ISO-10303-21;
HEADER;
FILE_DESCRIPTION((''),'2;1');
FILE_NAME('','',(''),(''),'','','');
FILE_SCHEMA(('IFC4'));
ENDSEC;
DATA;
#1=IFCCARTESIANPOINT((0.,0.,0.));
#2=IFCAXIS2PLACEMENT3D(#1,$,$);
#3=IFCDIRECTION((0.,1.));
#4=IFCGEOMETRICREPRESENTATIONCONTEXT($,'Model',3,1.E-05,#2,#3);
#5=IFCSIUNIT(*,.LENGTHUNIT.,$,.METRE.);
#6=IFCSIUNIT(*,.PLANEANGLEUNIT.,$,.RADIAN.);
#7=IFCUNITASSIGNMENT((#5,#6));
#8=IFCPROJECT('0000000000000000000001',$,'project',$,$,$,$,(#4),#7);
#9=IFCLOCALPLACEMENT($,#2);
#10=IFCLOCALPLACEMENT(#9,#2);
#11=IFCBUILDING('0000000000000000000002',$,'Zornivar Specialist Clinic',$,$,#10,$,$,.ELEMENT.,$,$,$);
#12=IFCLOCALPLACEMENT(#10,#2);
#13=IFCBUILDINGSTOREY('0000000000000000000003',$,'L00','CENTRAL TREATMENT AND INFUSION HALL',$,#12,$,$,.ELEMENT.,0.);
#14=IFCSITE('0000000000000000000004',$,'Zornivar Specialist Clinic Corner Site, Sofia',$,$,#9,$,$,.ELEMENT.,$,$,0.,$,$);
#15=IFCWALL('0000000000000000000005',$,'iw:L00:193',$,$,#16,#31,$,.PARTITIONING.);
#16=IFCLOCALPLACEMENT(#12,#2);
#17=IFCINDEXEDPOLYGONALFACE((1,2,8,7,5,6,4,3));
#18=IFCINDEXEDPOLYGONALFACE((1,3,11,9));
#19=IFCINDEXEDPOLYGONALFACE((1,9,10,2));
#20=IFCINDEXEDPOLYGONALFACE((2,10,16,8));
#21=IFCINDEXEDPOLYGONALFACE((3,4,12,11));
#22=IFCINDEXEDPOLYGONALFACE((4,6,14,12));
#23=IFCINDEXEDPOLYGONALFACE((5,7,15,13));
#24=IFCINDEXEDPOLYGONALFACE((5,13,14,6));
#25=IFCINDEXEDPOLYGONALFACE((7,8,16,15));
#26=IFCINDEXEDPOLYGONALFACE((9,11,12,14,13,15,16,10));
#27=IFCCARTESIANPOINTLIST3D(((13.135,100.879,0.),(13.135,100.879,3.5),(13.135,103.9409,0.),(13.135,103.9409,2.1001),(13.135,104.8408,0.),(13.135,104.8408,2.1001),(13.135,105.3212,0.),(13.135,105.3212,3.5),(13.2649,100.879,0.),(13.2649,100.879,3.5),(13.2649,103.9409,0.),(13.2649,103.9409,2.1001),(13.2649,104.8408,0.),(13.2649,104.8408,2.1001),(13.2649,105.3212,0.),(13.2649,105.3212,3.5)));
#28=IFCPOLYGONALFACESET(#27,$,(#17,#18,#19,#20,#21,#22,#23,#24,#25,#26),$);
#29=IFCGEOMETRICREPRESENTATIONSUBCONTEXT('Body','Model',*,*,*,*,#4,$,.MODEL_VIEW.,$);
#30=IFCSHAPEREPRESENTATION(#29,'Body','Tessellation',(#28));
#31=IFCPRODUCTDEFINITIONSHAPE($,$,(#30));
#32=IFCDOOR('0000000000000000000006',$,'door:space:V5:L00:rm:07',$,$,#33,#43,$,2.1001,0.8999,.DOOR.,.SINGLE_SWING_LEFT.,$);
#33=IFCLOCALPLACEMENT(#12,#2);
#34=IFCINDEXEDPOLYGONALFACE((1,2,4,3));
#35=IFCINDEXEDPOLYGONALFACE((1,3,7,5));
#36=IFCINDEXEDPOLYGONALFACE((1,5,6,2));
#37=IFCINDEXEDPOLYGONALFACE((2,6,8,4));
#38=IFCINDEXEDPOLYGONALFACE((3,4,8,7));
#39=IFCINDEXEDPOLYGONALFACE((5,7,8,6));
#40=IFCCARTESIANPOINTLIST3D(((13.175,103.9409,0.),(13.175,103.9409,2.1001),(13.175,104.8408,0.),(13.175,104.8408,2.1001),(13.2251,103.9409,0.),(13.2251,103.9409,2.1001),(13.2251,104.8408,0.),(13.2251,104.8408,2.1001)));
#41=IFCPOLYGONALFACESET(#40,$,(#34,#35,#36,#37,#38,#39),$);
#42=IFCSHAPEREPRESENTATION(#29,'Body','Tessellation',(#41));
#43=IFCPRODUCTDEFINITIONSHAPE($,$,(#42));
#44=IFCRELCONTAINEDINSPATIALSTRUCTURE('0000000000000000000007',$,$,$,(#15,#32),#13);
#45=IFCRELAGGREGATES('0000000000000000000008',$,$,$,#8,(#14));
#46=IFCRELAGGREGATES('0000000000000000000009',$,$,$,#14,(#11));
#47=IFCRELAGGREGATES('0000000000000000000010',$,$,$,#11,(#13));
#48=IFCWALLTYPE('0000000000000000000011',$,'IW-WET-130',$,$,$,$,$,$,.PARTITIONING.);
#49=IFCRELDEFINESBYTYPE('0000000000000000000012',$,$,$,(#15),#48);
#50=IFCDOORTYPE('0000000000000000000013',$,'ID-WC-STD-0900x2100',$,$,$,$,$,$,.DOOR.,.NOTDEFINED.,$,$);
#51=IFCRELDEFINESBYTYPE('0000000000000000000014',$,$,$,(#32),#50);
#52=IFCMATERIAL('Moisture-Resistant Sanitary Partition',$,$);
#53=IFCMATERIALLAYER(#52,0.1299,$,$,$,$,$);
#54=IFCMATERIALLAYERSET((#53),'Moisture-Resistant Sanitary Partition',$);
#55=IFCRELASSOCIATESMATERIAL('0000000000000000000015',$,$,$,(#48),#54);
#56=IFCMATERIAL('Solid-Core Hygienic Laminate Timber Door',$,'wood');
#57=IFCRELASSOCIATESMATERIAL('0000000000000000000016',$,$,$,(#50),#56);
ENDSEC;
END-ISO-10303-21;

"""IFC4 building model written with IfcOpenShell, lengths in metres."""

from ifc_helpers import new_model, si_unit, direction, frame, frame_2d, origin, place, context, subcontext, project, spatial, rectangle, extrude, material, layer, layer_set, type_object, element, fill, save


model = new_model("IFC4")

# Units and contexts
model_context = context("Model", 3, precision=1e-05, world=origin(), true_north=direction((0.0, 1.0)))
body_context = subcontext(model_context, "Body", "Model", "MODEL_VIEW")
ifc_project = project(units=[si_unit("LENGTHUNIT", "METRE"), si_unit("PLANEANGLEUNIT", "RADIAN")], contexts=[model_context])

# Site, building, storey
site_placement = place(None, origin())
site = spatial("IfcSite", under=ifc_project, at=site_placement, Name="Zornivar Specialist Clinic Corner Site, Sofia", CompositionType="ELEMENT", RefElevation=0.0)
building_placement = place(site_placement, origin())
building = spatial("IfcBuilding", under=site, at=building_placement, Name="Zornivar Specialist Clinic", CompositionType="ELEMENT")
storey_placement = place(building_placement, origin())
storey = spatial("IfcBuildingStorey", under=building, at=storey_placement, Name="L00", Description="CENTRAL TREATMENT AND INFUSION HALL", CompositionType="ELEMENT", Elevation=0.0)

# Shared definitions
ifc_material_1 = material(Name="Moisture-Resistant Sanitary Partition")
ifc_layer_1 = layer(ifc_material_1, 0.1299)
ifc_layer_set_1 = layer_set([ifc_layer_1], Name="Moisture-Resistant Sanitary Partition")
wall_type_1 = type_object("IfcWallType", Name="IW-WET-130", PredefinedType="PARTITIONING", material=ifc_layer_set_1)

# Wall, opening, door
wall_1_placement = place(storey_placement, frame((13.2, 100.8789, 0.0), z_axis=(0.0, 0.0, 1.0), x_axis=(0.0, 1.0, 0.0)))
wall_1 = element("IfcWall", 1, at=wall_1_placement, inside=storey, type_object=wall_type_1, Name="iw:L00:193", PredefinedType="PARTITIONING", context=body_context, shape_type="SweptSolid", body=[
    extrude(rectangle(XDim=4.4421, YDim=0.1299, at=frame_2d((2.2212, 0.0))), origin(), (0.0, 0.0, 1.0), 3.5),
])
opening_1_placement = place(wall_1_placement, frame((3.062, 0.0, 0.0)))
opening_1 = element("IfcOpeningElement", 2, at=opening_1_placement, cuts=wall_1, PredefinedType="OPENING", context=body_context, shape_type="SweptSolid", body=[
    extrude(rectangle(XDim=0.8999, YDim=2.1001, at=frame_2d((0.45, 1.05))), frame((0.0, 0.075, 0.0), z_axis=(0.0, -1.0, 0.0), x_axis=(1.0, 0.0, 0.0)), (0.0, 0.0, 1.0), 0.1499),
])
ifc_material_2 = material(Name="Solid-Core Hygienic Laminate Timber Door", Category="wood")
door_type_1 = type_object("IfcDoorType", Name="ID-WC-STD-0900x2100", OperationType="NOTDEFINED", PredefinedType="DOOR", material=ifc_material_2)
door_1_placement = place(opening_1_placement, origin())
door_1 = element("IfcDoor", 3, at=door_1_placement, inside=storey, type_object=door_type_1, Name="door:space:V5:L00:rm:07", OperationType="SINGLE_SWING_LEFT", OverallHeight=2.1001, OverallWidth=0.8999, PredefinedType="DOOR", context=body_context, shape_type="SweptSolid", body=[
    extrude(rectangle(XDim=0.8999, YDim=2.1001, at=frame_2d((0.45, 1.05))), frame((0.0, 0.0249, 0.0), z_axis=(0.0, -1.0, 0.0), x_axis=(1.0, 0.0, 0.0)), (0.0, 0.0, 1.0), 0.05),
])
fill(opening_1, door_1)

save(model, "model.ifc")
